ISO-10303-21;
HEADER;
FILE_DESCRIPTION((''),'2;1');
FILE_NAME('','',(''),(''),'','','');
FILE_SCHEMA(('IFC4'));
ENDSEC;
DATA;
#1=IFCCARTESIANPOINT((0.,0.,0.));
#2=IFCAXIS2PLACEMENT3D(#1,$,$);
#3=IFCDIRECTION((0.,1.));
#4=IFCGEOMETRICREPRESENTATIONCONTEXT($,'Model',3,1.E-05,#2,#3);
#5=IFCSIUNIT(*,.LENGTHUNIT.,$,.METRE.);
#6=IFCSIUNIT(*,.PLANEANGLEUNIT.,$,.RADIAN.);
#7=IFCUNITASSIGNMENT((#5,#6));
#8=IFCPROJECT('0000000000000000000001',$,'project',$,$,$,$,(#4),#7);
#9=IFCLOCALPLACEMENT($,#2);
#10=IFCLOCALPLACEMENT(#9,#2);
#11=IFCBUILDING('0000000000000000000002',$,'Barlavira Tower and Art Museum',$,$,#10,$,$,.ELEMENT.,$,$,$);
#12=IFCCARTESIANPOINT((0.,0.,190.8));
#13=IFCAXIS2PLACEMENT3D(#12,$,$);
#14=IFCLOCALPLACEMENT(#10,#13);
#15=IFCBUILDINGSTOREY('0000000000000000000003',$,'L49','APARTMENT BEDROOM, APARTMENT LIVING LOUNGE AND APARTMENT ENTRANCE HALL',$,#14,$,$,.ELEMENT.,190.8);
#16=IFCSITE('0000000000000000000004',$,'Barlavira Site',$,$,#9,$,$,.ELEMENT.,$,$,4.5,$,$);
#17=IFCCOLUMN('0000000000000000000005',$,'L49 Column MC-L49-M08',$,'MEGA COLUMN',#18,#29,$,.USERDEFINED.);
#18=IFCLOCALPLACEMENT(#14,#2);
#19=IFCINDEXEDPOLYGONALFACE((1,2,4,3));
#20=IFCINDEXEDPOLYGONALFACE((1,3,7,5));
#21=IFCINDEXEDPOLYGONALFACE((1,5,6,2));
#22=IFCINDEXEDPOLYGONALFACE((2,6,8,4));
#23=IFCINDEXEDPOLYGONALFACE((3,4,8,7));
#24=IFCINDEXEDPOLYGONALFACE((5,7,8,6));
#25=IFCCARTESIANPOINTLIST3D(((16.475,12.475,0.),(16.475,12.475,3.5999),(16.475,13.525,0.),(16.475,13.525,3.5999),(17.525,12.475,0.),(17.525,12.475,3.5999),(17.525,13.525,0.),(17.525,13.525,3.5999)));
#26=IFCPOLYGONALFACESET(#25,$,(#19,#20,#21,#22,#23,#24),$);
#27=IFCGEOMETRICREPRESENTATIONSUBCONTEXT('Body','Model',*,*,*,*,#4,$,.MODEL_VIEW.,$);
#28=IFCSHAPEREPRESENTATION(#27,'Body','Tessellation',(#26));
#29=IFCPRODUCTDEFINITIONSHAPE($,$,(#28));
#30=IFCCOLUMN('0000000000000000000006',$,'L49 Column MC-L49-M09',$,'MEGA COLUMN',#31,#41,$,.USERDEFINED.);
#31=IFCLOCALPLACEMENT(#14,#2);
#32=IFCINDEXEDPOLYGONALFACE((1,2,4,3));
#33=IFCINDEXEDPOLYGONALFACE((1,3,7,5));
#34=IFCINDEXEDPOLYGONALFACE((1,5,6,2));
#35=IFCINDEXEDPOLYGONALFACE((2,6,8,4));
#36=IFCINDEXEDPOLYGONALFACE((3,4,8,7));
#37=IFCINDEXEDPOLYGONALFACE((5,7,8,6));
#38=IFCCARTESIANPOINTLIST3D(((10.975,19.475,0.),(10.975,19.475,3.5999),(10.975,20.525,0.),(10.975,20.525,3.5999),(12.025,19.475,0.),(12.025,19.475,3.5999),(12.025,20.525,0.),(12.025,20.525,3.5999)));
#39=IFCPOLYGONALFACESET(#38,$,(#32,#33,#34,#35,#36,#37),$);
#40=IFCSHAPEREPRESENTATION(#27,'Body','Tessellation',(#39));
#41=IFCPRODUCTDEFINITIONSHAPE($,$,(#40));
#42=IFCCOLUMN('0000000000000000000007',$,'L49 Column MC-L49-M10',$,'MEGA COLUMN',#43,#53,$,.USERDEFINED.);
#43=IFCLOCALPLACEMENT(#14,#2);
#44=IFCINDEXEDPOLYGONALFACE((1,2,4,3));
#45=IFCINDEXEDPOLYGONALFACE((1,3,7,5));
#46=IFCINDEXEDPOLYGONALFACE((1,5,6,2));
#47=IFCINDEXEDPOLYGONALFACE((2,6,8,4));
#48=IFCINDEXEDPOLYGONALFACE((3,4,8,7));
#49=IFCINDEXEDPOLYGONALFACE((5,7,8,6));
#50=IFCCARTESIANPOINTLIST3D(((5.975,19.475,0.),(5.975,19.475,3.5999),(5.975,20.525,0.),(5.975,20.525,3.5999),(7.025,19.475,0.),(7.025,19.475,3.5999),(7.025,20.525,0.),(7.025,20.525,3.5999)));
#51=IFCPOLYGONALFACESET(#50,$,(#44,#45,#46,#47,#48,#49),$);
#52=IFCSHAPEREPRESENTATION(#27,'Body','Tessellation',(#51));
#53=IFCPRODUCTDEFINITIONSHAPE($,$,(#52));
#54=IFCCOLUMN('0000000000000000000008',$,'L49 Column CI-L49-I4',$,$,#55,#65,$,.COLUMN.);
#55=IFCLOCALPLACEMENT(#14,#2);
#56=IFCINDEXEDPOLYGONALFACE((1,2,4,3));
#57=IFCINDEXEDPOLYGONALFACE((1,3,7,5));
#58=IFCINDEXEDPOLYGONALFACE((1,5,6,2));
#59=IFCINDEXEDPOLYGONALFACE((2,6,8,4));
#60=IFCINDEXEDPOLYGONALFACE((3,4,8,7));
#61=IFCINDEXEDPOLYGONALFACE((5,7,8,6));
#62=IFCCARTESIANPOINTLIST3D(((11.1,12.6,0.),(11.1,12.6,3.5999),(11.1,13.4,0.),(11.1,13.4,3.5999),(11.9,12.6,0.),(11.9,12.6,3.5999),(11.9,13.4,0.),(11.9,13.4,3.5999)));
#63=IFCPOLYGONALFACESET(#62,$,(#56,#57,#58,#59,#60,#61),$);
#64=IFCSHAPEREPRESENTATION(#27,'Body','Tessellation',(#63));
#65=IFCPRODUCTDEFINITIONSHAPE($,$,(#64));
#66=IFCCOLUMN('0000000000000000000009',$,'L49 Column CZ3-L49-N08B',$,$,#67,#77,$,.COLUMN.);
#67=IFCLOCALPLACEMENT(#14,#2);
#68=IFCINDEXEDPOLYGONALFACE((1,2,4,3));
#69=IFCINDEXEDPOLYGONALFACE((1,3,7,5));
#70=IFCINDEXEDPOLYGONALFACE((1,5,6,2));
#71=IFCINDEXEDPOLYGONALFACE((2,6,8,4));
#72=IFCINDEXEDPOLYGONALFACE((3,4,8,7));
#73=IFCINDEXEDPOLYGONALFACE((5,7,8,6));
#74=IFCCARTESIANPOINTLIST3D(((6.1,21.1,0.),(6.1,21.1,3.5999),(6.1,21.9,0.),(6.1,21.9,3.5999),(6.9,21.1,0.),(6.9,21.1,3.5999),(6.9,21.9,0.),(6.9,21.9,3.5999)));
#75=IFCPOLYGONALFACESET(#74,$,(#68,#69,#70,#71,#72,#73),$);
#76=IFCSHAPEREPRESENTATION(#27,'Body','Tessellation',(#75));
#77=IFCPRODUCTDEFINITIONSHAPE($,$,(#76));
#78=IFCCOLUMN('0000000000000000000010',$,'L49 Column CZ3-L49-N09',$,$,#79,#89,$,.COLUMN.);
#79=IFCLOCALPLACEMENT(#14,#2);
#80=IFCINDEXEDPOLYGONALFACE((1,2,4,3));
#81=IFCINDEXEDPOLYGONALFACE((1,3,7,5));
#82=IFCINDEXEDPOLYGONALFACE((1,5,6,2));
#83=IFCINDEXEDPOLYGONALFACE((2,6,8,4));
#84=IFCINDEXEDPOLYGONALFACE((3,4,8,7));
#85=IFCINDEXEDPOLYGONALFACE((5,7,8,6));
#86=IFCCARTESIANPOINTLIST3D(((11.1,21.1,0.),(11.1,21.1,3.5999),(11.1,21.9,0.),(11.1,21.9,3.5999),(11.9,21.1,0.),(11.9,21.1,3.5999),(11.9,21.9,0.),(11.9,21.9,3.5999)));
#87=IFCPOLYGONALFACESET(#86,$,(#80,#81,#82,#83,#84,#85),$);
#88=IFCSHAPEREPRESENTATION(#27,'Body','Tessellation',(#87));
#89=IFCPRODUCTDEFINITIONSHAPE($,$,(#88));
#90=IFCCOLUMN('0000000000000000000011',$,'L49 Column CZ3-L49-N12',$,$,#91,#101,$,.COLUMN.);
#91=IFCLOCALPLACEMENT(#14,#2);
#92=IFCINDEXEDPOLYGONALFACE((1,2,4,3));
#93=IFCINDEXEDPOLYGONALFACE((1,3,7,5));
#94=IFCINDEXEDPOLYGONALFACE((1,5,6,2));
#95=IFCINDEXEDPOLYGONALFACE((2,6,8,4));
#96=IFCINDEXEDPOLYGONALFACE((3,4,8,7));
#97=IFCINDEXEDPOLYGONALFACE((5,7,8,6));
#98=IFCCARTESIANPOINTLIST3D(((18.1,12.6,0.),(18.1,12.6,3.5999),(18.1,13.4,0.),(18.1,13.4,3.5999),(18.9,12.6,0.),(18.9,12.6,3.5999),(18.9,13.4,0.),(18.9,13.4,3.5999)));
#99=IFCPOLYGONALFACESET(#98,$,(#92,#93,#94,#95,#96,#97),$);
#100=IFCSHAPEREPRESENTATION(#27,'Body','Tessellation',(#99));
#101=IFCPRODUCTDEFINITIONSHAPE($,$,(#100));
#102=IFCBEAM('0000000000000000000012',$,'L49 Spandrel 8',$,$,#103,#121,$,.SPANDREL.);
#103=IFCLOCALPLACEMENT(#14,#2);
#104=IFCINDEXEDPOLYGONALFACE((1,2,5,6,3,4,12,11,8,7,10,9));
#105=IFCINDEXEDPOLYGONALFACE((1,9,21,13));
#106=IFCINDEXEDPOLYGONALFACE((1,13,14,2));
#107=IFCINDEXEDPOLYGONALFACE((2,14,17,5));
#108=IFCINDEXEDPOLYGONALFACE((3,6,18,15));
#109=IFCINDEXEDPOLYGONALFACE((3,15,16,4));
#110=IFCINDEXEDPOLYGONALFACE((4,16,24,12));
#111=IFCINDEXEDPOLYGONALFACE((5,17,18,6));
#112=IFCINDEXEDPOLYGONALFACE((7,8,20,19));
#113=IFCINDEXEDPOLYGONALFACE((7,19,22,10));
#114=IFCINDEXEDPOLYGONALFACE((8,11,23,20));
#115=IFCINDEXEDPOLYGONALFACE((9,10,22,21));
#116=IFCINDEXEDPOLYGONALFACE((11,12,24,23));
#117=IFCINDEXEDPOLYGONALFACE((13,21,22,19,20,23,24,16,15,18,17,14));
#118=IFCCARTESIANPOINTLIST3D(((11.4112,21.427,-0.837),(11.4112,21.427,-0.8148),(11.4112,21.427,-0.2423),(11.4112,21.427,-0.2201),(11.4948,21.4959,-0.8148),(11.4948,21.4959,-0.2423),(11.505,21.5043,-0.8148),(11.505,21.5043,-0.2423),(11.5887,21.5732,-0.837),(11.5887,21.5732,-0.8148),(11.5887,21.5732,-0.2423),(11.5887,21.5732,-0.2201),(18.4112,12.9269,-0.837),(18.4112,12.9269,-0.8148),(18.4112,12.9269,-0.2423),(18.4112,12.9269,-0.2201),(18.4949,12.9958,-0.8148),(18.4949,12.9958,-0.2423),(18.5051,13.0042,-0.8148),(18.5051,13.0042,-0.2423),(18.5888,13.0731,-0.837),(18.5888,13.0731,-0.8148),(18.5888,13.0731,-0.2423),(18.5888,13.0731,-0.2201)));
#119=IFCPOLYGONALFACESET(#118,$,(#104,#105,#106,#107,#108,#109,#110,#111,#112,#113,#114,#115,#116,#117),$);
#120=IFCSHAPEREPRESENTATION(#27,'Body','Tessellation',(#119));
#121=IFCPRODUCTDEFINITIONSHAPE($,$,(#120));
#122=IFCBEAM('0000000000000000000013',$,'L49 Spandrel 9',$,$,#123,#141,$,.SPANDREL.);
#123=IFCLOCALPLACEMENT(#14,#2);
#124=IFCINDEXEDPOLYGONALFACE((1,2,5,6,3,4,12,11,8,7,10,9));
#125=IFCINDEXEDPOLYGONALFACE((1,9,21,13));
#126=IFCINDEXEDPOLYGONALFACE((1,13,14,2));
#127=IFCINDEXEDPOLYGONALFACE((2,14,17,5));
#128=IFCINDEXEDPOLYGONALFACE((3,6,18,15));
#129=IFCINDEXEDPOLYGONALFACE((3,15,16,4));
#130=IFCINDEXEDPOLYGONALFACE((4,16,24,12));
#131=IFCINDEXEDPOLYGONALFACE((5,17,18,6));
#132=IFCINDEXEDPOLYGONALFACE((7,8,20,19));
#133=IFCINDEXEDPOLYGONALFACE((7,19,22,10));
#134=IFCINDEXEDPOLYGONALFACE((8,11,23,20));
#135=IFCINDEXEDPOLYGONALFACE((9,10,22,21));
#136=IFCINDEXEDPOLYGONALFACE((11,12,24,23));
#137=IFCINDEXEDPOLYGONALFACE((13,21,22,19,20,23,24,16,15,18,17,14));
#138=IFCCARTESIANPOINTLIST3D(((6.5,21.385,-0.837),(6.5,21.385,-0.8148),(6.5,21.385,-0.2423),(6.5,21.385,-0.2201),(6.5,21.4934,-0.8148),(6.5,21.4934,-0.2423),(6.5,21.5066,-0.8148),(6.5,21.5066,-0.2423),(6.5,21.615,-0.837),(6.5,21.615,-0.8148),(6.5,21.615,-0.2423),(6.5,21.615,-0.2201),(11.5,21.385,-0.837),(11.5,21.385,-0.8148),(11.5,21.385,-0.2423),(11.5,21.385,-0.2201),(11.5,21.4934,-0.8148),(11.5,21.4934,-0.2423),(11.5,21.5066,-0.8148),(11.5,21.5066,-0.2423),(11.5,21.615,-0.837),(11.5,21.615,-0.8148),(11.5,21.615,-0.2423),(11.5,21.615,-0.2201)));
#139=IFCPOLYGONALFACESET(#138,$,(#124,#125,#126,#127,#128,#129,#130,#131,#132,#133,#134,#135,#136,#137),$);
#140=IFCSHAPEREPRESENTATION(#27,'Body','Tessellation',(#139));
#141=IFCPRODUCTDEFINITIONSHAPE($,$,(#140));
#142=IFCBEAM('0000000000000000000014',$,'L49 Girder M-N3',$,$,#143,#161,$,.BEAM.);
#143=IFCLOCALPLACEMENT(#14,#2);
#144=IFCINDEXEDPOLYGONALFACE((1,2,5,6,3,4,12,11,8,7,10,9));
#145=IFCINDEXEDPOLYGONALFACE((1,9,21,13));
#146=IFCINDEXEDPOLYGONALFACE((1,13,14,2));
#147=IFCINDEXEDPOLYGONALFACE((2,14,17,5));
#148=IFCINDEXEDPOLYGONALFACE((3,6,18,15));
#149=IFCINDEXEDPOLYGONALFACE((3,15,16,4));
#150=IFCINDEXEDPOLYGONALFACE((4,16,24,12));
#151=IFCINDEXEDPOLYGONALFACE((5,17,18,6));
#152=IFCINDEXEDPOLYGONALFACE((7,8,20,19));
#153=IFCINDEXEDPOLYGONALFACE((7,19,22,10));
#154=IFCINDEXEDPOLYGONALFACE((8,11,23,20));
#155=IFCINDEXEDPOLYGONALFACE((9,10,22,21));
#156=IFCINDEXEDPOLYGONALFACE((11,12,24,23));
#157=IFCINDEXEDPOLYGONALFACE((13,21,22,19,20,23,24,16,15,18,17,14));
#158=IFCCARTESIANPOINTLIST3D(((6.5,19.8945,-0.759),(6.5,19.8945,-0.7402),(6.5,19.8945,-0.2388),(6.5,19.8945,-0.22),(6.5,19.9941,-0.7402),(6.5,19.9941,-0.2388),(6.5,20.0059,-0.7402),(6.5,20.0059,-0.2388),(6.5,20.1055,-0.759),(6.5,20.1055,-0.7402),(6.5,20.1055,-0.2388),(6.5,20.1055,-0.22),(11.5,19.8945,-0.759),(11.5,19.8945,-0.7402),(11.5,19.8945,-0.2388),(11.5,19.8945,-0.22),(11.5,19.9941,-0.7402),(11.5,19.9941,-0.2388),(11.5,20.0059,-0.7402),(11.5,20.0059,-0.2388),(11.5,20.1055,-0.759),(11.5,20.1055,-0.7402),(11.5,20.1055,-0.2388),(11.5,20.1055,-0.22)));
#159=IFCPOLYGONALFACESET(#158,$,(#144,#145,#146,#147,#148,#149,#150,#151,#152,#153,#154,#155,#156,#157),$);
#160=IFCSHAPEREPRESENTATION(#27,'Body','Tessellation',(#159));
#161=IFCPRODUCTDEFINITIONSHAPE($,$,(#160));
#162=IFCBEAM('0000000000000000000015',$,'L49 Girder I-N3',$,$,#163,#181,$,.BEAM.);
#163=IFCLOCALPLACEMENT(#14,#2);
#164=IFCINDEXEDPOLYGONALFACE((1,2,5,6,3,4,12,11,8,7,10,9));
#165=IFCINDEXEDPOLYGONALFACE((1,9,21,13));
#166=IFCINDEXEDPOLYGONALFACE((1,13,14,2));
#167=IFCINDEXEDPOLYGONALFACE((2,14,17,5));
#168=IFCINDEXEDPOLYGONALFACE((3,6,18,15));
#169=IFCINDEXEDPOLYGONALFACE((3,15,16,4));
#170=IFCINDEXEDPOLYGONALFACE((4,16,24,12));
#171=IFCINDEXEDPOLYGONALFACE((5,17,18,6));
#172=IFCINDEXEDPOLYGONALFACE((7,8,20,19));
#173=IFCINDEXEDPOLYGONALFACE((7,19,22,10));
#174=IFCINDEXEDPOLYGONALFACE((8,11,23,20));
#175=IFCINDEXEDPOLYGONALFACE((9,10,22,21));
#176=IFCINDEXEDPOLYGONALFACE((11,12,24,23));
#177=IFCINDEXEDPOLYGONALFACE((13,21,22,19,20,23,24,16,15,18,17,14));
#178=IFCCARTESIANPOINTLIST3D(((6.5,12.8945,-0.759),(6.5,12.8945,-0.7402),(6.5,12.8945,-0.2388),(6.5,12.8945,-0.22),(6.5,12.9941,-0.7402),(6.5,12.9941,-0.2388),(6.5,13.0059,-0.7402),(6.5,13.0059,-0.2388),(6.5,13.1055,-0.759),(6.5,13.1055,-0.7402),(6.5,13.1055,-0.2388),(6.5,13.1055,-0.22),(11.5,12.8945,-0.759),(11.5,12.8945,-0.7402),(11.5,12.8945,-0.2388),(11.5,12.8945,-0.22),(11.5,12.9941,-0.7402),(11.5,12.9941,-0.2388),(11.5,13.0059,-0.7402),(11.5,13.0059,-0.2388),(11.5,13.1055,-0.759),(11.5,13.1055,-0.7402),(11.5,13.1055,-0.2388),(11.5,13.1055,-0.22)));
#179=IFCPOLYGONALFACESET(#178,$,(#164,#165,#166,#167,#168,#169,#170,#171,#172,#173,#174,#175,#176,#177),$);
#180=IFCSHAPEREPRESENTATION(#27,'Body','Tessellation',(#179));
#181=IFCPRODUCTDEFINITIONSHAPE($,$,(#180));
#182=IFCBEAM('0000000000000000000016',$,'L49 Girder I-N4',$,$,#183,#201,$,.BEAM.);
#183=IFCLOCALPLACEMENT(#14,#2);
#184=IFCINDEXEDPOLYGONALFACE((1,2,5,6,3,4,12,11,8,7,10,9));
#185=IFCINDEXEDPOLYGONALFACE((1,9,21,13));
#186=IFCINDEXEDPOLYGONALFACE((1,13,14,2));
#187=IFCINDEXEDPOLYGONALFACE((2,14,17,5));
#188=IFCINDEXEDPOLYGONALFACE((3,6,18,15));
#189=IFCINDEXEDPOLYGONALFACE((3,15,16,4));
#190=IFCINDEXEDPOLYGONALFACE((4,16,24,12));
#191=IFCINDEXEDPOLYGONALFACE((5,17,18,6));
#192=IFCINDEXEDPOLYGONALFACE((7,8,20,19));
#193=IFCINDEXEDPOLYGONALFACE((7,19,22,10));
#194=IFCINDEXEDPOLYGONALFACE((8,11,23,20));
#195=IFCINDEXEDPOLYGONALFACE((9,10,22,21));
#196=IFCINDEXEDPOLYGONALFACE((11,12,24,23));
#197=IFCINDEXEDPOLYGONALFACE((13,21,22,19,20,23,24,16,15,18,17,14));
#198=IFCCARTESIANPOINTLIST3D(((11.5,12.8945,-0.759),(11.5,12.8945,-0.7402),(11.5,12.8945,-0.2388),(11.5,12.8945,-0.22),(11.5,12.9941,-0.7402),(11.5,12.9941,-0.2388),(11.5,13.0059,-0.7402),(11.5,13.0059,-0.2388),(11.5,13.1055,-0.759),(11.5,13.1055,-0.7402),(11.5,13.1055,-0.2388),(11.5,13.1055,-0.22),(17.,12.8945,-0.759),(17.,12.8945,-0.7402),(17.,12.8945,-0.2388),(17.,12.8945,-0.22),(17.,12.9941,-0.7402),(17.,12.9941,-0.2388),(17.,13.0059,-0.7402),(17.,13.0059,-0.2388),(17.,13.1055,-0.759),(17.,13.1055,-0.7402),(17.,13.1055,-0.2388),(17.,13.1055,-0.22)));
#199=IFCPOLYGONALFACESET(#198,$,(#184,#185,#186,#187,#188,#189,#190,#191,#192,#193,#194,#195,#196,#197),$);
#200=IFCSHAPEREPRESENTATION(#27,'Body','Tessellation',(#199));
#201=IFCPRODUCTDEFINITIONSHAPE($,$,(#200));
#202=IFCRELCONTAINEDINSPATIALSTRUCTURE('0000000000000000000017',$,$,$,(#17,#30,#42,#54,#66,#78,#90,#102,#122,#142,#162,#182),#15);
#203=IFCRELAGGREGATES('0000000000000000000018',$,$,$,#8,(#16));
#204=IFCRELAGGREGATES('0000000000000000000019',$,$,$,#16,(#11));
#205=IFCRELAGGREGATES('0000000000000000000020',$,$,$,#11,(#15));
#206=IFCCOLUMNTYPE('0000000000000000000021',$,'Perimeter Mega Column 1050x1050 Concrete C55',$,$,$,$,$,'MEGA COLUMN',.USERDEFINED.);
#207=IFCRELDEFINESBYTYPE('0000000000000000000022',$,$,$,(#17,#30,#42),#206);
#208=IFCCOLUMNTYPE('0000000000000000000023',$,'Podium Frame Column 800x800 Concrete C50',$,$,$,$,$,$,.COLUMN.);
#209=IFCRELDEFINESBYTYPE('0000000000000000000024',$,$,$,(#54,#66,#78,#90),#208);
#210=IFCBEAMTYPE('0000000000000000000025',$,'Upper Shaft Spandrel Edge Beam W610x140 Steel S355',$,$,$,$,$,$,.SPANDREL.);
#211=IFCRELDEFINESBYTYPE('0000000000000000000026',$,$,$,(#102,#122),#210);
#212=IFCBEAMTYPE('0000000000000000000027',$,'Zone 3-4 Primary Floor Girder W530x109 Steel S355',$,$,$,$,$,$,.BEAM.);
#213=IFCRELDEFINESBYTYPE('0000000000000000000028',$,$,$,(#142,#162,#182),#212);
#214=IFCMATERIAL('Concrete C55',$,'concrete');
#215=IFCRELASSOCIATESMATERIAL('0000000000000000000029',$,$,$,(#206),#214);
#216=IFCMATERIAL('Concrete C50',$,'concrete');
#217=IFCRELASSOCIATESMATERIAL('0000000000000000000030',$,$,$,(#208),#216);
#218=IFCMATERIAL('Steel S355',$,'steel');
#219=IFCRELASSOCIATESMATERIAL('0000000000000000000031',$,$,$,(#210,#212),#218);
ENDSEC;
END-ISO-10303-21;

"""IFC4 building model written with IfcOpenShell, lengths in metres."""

from ifc_helpers import new_model, si_unit, direction, frame, origin, origin_2d, place, context, subcontext, project, spatial, rectangle, i_section, extrude, material, material_profile, profile_set, type_object, element, save


model = new_model("IFC4")

# Units and contexts
model_context = context("Model", 3, precision=1e-05, world=origin(), true_north=direction((0.0, 1.0)))
body_context = subcontext(model_context, "Body", "Model", "MODEL_VIEW")
ifc_project = project(units=[si_unit("LENGTHUNIT", "METRE"), si_unit("PLANEANGLEUNIT", "RADIAN")], contexts=[model_context])

# Site, building, storey
site_placement = place(None, origin())
site = spatial("IfcSite", under=ifc_project, at=site_placement, Name="Barlavira Site", CompositionType="ELEMENT", RefElevation=4.5)
building_placement = place(site_placement, origin())
building = spatial("IfcBuilding", under=site, at=building_placement, Name="Barlavira Tower and Art Museum", CompositionType="ELEMENT")
storey_placement = place(building_placement, frame((0.0, 0.0, 190.8)))
storey = spatial("IfcBuildingStorey", under=building, at=storey_placement, Name="L49", Description="APARTMENT BEDROOM, APARTMENT LIVING LOUNGE AND APARTMENT ENTRANCE HALL", CompositionType="ELEMENT", Elevation=190.8)

# Columns
ifc_material_1 = material(Name="Concrete C55", Category="concrete")
ifc_material_profile_1 = material_profile(ifc_material_1, rectangle(XDim=1.05, YDim=1.05, at=origin_2d()), Name="RC-COL 1050x1050")
ifc_profile_set_1 = profile_set([ifc_material_profile_1], Name="Concrete C55")
column_type_1 = type_object("IfcColumnType", Name="Perimeter Mega Column 1050x1050 Concrete C55", ElementType="MEGA COLUMN", PredefinedType="USERDEFINED", material=ifc_profile_set_1)
for number, where, z_axis, x_axis, name in (
    (1, (17.0, 13.0, 0.0), (0.0, 0.0, 1.0), (1.0, 0.0, 0.0), "L49 Column MC-L49-M08"),
    (2, (11.5, 20.0, 0.0), (0.0, 0.0, 1.0), (1.0, 0.0, 0.0), "L49 Column MC-L49-M09"),
    (3, (6.5, 20.0, 0.0), (0.0, 0.0, 1.0), (1.0, 0.0, 0.0), "L49 Column MC-L49-M10"),
):
    element("IfcColumn", number, at=place(storey_placement, frame(where, z_axis=z_axis, x_axis=x_axis)), inside=storey, type_object=column_type_1, Name=name, ObjectType="MEGA COLUMN", PredefinedType="USERDEFINED", context=body_context, shape_type="SweptSolid", body=[
        extrude(rectangle(XDim=1.05, YDim=1.05, at=origin_2d()), origin(), (0.0, 0.0, 1.0), 3.5999),
    ])
ifc_material_2 = material(Name="Concrete C50", Category="concrete")
ifc_material_profile_2 = material_profile(ifc_material_2, rectangle(XDim=0.8, YDim=0.8, at=origin_2d()), Name="RC-COL 800x800")
ifc_profile_set_2 = profile_set([ifc_material_profile_2], Name="Concrete C50")
column_type_2 = type_object("IfcColumnType", Name="Podium Frame Column 800x800 Concrete C50", PredefinedType="COLUMN", material=ifc_profile_set_2)
for number, where, z_axis, x_axis, name in (
    (4, (11.5, 13.0, 0.0), (0.0, 0.0, 1.0), (1.0, 0.0, 0.0), "L49 Column CI-L49-I4"),
    (5, (6.5, 21.5, 0.0), (0.0, 0.0, 1.0), (1.0, 0.0, 0.0), "L49 Column CZ3-L49-N08B"),
    (6, (11.5, 21.5, 0.0), (0.0, 0.0, 1.0), (1.0, 0.0, 0.0), "L49 Column CZ3-L49-N09"),
    (7, (18.5, 13.0, 0.0), (0.0, 0.0, 1.0), (1.0, 0.0, 0.0), "L49 Column CZ3-L49-N12"),
):
    element("IfcColumn", number, at=place(storey_placement, frame(where, z_axis=z_axis, x_axis=x_axis)), inside=storey, type_object=column_type_2, Name=name, PredefinedType="COLUMN", context=body_context, shape_type="SweptSolid", body=[
        extrude(rectangle(XDim=0.8, YDim=0.8, at=origin_2d()), origin(), (0.0, 0.0, 1.0), 3.5999),
    ])

# Beams
ifc_material_3 = material(Name="Steel S355", Category="steel")
ifc_material_profile_3 = material_profile(ifc_material_3, i_section(OverallWidth=0.23, OverallDepth=0.6169, WebThickness=0.0132, FlangeThickness=0.0222, at=origin_2d()), Name="W610x140.0")
ifc_profile_set_3 = profile_set([ifc_material_profile_3], Name="Steel S355")
beam_type_1 = type_object("IfcBeamType", Name="Upper Shaft Spandrel Edge Beam W610x140 Steel S355", PredefinedType="SPANDREL", material=ifc_profile_set_3)
beam_1_placement = place(storey_placement, frame((18.5, 13.0, -0.5286), z_axis=(-0.635707, 0.77193, 0.0), x_axis=(-0.77193, -0.635707, 0.0)))
element("IfcBeam", 8, at=beam_1_placement, inside=storey, type_object=beam_type_1, Name="L49 Spandrel 8", PredefinedType="SPANDREL", context=body_context, shape_type="SweptSolid", body=[
    extrude(i_section(OverallWidth=0.23, OverallDepth=0.6169, WebThickness=0.0132, FlangeThickness=0.0222, at=origin_2d()), origin(), (0.0, 0.0, 1.0), 11.0115),
])
beam_2_placement = place(storey_placement, frame((6.5, 21.5, -0.5286), z_axis=(1.0, 0.0, 0.0), x_axis=(0.0, 1.0, 0.0)))
element("IfcBeam", 9, at=beam_2_placement, inside=storey, type_object=beam_type_1, Name="L49 Spandrel 9", PredefinedType="SPANDREL", context=body_context, shape_type="SweptSolid", body=[
    extrude(i_section(OverallWidth=0.23, OverallDepth=0.6169, WebThickness=0.0132, FlangeThickness=0.0222, at=origin_2d()), origin(), (0.0, 0.0, 1.0), 5.0),
])
ifc_material_profile_4 = material_profile(ifc_material_3, i_section(OverallWidth=0.2109, OverallDepth=0.5391, WebThickness=0.0117, FlangeThickness=0.0188, at=origin_2d()), Name="W530x109.0")
ifc_profile_set_4 = profile_set([ifc_material_profile_4], Name="Steel S355")
beam_type_2 = type_object("IfcBeamType", Name="Zone 3-4 Primary Floor Girder W530x109 Steel S355", PredefinedType="BEAM", material=ifc_profile_set_4)
for number, where, z_axis, x_axis, name in (
    (10, (6.5, 20.0, -0.4895), (1.0, 0.0, 0.0), (0.0, 1.0, 0.0), "L49 Girder M-N3"),
    (11, (6.5, 13.0, -0.4895), (1.0, 0.0, 0.0), (0.0, 1.0, 0.0), "L49 Girder I-N3"),
):
    element("IfcBeam", number, at=place(storey_placement, frame(where, z_axis=z_axis, x_axis=x_axis)), inside=storey, type_object=beam_type_2, Name=name, PredefinedType="BEAM", context=body_context, shape_type="SweptSolid", body=[
        extrude(i_section(OverallWidth=0.2109, OverallDepth=0.5391, WebThickness=0.0117, FlangeThickness=0.0188, at=origin_2d()), origin(), (0.0, 0.0, 1.0), 5.0),
    ])
beam_3_placement = place(storey_placement, frame((11.5, 13.0, -0.4895), z_axis=(1.0, 0.0, 0.0), x_axis=(0.0, 1.0, 0.0)))
element("IfcBeam", 12, at=beam_3_placement, inside=storey, type_object=beam_type_2, Name="L49 Girder I-N4", PredefinedType="BEAM", context=body_context, shape_type="SweptSolid", body=[
    extrude(i_section(OverallWidth=0.2109, OverallDepth=0.5391, WebThickness=0.0117, FlangeThickness=0.0188, at=origin_2d()), origin(), (0.0, 0.0, 1.0), 5.5),
])

save(model, "model.ifc")
